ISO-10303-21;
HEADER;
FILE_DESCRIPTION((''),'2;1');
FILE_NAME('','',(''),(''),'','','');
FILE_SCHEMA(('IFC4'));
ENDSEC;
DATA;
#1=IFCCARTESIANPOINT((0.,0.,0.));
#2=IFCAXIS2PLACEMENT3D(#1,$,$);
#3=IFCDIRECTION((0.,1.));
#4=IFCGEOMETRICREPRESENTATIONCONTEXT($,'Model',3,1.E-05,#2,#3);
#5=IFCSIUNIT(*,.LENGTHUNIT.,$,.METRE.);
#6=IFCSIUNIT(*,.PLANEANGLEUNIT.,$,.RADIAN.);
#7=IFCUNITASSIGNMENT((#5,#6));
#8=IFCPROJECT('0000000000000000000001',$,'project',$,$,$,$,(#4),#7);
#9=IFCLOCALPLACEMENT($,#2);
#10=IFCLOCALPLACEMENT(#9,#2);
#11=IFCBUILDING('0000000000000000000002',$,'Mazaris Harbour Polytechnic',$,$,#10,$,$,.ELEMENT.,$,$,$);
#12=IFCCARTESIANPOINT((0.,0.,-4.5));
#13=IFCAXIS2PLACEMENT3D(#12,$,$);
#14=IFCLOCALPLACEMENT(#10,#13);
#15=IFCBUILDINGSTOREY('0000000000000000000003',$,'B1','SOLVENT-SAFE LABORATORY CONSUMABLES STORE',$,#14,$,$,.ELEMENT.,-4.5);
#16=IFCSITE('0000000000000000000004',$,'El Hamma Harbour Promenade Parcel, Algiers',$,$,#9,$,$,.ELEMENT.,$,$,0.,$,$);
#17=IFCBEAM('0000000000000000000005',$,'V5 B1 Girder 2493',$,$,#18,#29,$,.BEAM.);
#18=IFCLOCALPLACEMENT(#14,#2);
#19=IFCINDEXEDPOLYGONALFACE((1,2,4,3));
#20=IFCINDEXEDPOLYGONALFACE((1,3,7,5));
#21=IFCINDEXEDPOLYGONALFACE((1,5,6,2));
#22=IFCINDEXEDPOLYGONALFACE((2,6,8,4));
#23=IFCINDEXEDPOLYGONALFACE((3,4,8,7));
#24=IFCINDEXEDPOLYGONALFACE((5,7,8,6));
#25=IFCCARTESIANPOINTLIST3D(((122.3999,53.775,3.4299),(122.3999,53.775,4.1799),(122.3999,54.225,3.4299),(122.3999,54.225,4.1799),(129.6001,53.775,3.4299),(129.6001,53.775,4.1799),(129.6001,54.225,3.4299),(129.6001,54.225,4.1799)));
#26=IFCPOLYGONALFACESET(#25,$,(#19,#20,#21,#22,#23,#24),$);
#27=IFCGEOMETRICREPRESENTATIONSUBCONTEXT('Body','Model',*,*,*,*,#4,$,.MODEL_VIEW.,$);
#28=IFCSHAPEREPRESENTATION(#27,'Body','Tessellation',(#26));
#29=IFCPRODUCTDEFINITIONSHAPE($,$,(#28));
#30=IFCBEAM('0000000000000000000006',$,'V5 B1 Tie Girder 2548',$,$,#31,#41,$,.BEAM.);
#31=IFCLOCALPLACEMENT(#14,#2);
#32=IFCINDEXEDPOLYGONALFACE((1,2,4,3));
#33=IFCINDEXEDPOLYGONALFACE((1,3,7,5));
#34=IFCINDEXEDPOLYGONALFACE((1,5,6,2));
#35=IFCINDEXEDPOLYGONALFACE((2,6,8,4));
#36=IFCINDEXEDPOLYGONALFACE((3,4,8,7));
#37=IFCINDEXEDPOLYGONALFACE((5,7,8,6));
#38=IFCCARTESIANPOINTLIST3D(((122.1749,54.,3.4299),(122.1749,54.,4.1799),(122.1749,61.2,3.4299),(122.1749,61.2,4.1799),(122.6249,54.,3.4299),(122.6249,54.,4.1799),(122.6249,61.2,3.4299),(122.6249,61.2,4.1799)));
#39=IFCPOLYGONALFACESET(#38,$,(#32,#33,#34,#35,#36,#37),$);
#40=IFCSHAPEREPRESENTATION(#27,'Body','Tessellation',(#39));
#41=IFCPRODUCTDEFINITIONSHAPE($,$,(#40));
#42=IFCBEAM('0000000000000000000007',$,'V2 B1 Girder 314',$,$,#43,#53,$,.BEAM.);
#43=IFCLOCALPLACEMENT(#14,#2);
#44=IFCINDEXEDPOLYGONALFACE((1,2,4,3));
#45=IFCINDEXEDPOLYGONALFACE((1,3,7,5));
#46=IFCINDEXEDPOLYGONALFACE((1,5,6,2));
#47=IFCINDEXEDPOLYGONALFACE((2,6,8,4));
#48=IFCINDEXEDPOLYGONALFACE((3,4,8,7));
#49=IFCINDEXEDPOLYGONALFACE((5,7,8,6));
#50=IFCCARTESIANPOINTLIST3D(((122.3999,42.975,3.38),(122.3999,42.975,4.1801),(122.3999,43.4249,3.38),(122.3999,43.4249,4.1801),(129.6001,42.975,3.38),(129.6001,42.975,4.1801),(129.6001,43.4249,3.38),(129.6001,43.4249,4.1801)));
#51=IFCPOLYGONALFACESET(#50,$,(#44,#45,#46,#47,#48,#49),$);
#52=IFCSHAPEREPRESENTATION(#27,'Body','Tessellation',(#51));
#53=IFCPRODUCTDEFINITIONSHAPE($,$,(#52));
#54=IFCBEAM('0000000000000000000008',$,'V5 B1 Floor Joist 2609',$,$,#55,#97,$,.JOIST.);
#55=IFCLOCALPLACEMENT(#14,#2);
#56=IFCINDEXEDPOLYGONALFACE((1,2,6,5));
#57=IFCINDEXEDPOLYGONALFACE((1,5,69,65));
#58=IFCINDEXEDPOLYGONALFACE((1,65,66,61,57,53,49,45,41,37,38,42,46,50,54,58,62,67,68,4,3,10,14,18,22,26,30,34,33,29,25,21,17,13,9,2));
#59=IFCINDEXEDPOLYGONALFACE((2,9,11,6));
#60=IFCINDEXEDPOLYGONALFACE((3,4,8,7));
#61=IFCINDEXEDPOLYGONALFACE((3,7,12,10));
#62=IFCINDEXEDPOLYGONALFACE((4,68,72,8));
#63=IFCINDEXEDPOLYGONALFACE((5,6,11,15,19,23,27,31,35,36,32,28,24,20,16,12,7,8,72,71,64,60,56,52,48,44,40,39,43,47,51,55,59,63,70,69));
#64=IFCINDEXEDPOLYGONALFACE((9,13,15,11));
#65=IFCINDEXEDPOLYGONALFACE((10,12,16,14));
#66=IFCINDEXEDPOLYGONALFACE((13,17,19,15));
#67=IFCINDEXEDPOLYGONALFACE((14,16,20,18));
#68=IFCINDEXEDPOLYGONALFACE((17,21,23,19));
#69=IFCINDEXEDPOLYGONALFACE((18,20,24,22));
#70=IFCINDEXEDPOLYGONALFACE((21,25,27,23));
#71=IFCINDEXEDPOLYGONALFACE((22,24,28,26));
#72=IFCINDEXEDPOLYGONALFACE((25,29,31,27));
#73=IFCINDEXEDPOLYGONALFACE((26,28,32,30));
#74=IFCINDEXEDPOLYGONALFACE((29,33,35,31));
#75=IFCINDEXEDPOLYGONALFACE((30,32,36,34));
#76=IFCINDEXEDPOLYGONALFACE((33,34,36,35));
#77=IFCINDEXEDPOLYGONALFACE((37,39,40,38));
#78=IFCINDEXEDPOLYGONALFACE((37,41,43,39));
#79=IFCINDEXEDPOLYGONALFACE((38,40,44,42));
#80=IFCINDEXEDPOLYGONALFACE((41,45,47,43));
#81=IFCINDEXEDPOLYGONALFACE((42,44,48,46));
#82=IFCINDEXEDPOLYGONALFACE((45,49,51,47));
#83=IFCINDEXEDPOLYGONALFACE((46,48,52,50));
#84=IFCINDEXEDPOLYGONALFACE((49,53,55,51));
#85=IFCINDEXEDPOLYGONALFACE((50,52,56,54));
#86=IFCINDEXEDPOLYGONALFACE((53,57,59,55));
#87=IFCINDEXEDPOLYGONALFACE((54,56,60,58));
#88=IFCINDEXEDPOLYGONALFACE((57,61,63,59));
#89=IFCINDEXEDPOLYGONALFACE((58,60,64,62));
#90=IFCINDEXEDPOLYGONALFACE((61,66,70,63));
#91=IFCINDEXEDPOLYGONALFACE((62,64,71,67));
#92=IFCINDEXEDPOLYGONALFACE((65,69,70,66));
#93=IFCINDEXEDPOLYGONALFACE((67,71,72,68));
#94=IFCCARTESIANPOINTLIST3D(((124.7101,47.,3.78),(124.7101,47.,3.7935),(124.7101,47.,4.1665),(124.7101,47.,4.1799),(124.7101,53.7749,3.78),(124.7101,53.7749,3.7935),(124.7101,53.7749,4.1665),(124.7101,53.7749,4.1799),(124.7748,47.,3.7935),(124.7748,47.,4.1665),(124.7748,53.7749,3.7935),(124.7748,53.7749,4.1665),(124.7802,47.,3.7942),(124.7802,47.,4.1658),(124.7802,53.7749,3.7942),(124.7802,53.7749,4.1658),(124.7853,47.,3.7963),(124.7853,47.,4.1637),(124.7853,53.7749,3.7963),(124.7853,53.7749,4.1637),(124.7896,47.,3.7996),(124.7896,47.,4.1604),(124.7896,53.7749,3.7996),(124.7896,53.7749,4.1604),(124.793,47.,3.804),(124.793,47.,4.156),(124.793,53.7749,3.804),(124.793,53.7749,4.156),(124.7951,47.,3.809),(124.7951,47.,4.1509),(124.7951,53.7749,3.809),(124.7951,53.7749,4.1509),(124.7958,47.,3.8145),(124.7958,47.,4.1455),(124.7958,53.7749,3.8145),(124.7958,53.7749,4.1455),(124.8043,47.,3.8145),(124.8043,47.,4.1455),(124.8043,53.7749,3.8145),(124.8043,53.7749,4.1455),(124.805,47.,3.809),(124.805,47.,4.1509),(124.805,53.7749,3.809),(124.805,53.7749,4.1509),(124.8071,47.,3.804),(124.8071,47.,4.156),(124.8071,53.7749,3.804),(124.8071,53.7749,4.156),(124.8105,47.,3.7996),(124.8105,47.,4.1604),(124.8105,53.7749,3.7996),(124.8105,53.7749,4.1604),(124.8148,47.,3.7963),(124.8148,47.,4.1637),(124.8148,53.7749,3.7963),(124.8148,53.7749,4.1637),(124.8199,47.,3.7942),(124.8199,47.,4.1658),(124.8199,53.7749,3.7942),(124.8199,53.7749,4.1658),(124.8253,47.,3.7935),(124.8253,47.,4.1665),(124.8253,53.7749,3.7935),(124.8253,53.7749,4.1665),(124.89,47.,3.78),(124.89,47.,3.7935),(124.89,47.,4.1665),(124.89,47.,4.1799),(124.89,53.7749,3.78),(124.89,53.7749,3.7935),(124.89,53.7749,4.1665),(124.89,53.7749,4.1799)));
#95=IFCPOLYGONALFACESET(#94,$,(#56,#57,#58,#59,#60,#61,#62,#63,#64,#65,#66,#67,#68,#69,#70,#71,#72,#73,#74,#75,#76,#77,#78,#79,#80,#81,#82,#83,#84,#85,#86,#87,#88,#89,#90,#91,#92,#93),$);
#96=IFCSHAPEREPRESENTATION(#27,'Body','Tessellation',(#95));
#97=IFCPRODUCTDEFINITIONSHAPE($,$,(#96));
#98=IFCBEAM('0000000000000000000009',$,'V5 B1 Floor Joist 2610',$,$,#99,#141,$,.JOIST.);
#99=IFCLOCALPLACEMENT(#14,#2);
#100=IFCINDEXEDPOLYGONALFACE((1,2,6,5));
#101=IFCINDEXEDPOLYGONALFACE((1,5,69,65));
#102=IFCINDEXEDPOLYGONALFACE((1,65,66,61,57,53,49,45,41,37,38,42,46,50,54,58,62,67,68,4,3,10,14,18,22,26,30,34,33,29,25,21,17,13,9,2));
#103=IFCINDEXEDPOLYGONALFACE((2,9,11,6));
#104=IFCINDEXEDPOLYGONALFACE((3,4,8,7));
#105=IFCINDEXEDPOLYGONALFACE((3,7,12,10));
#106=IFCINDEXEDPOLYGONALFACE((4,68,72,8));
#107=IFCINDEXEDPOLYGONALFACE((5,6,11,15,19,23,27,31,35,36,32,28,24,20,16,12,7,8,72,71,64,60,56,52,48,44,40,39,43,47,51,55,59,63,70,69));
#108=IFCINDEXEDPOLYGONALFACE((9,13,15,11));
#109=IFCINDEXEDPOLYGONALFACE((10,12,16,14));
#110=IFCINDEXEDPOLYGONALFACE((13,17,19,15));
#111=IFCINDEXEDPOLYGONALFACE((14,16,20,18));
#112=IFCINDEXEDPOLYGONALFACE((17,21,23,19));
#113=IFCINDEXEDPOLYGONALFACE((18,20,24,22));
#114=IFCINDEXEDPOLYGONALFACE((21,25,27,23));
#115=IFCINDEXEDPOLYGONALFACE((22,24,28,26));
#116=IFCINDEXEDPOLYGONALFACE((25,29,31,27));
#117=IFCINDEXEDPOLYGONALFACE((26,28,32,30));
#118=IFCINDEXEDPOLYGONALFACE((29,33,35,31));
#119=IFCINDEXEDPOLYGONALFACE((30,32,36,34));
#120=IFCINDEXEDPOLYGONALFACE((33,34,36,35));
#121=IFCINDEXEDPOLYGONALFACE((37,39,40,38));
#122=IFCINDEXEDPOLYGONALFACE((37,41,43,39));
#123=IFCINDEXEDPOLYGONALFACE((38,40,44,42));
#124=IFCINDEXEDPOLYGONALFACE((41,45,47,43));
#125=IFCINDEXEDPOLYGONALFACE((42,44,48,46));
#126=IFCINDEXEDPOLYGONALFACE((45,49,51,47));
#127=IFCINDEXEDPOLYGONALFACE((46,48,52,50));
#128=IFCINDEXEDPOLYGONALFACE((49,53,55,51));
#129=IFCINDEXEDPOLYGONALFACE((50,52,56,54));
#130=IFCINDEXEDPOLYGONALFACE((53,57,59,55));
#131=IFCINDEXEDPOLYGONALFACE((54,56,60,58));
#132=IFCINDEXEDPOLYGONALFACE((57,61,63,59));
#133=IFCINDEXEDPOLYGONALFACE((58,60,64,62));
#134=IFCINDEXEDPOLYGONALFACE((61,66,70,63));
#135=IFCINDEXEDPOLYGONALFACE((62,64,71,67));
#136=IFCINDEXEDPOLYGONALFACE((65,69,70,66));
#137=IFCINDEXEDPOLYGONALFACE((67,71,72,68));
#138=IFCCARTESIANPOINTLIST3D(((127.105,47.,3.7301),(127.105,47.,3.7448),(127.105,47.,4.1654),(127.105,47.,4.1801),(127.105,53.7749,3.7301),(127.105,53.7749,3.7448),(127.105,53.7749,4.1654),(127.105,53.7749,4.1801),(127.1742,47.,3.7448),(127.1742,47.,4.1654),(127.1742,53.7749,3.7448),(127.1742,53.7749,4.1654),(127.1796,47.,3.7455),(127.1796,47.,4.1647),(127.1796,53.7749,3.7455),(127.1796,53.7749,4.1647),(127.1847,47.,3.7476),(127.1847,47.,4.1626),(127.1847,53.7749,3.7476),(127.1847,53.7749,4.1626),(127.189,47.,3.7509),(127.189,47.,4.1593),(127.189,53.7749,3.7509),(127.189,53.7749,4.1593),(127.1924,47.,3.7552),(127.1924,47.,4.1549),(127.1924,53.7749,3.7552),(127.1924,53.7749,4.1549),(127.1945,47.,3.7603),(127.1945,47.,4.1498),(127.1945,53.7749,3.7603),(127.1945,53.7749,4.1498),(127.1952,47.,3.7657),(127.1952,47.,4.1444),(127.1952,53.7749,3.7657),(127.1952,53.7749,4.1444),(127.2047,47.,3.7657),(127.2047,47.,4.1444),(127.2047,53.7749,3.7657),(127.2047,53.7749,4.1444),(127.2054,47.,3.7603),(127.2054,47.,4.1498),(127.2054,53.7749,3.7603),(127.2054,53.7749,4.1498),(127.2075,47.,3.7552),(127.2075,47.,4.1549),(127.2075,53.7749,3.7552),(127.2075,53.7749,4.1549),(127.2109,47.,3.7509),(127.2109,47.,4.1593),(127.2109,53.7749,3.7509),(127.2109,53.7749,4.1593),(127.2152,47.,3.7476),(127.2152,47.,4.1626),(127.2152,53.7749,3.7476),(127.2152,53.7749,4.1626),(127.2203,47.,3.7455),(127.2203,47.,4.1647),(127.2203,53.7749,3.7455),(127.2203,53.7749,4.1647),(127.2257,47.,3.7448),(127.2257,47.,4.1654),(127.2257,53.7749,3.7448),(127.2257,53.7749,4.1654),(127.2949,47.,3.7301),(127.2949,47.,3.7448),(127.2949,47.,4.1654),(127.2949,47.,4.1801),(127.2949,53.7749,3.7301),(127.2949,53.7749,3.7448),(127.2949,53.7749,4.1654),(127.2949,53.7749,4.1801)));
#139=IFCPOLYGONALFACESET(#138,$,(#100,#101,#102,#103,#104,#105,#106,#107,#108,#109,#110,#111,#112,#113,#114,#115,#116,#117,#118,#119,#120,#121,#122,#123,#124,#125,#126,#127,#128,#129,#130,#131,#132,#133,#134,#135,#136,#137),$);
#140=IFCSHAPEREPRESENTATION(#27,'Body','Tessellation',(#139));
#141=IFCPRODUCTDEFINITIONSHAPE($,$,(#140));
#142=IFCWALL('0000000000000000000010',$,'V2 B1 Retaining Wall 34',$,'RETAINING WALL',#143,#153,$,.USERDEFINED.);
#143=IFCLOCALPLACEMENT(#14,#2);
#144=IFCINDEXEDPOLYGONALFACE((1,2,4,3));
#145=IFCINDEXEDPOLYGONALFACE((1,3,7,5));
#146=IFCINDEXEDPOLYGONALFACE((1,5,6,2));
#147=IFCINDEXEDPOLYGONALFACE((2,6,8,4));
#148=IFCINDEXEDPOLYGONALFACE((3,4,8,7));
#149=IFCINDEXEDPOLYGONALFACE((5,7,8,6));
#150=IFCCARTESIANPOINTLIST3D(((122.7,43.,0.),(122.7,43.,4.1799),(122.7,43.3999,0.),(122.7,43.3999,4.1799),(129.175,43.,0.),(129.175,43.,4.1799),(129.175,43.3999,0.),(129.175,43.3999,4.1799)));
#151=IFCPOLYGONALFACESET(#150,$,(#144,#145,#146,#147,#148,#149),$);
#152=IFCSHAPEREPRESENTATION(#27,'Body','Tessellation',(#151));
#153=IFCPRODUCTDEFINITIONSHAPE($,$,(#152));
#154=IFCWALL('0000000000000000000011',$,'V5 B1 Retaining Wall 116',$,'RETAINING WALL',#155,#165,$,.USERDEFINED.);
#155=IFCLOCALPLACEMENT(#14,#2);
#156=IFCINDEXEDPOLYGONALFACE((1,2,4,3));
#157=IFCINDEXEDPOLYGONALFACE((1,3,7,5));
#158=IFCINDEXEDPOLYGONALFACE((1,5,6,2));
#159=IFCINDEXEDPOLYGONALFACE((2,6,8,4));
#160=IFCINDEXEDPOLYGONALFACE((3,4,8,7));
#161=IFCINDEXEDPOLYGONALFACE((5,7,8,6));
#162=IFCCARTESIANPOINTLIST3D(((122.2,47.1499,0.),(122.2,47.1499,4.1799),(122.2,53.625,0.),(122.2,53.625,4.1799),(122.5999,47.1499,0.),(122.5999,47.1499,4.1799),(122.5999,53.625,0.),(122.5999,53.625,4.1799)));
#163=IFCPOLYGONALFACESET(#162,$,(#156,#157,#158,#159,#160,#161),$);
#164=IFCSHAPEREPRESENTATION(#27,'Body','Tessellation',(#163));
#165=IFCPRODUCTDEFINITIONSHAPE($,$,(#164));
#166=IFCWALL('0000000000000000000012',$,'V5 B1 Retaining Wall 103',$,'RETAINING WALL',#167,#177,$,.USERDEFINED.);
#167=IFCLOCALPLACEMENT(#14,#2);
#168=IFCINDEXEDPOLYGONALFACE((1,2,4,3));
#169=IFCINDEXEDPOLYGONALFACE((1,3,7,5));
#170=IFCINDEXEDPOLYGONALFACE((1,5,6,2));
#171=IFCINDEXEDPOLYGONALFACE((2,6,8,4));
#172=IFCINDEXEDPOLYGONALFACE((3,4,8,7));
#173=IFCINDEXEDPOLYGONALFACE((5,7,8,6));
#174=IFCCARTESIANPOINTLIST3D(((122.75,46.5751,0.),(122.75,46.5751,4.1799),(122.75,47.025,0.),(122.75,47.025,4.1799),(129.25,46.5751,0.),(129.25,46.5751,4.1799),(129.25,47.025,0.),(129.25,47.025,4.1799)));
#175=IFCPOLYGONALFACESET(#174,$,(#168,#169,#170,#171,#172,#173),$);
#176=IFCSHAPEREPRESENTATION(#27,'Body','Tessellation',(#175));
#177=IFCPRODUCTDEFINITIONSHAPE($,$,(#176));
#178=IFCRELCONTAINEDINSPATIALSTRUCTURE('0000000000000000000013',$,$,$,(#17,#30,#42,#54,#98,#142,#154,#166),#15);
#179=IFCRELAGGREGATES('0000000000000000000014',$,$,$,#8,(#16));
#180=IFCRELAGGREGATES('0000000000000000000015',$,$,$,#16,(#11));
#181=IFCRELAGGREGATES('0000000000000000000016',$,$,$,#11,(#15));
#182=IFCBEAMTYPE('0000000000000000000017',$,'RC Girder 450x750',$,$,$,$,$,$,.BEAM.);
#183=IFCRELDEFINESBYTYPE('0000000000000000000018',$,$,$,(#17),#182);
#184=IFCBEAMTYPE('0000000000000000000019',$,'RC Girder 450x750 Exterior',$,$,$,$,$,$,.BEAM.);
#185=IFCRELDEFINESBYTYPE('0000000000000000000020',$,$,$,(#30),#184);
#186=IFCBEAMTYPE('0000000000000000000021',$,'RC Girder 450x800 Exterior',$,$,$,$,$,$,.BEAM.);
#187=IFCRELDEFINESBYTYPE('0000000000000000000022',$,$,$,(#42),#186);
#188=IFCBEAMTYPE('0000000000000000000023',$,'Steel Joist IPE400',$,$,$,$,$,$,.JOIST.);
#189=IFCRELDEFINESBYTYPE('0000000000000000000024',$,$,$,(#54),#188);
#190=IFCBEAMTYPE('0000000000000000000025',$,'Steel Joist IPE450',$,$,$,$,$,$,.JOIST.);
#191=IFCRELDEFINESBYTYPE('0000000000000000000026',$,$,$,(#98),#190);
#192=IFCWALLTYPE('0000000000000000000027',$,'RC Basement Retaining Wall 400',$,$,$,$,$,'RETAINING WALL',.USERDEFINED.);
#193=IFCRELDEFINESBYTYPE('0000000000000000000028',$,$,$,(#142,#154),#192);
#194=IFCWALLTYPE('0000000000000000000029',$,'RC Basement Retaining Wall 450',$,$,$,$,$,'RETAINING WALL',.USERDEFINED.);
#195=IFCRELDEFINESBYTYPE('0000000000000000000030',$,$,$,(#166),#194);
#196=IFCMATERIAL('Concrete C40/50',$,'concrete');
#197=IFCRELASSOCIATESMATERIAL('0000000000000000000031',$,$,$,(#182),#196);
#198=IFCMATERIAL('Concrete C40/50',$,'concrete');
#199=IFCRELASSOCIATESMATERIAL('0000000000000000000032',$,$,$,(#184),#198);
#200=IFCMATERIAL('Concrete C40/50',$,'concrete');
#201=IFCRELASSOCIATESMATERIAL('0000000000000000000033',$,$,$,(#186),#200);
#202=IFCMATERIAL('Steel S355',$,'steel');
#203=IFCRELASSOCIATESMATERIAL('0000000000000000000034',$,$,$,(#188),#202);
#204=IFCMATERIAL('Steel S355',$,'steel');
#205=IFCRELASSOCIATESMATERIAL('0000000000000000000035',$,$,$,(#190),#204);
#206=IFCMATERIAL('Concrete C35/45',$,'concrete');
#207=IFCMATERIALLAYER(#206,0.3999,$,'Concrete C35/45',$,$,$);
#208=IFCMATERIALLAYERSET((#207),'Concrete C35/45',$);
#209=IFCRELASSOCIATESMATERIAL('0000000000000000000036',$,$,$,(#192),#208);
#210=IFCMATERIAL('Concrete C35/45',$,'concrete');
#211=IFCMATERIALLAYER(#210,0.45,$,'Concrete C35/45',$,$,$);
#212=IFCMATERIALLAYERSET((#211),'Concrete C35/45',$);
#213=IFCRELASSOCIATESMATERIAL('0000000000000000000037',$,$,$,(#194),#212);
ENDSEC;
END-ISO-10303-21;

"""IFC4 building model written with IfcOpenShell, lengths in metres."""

from ifc_helpers import new_model, si_unit, direction, frame, frame_2d, origin, origin_2d, place, context, subcontext, project, spatial, rectangle, i_section, extrude, material, layer, layer_set, material_profile, profile_set, type_object, element, save


model = new_model("IFC4")

# Units and contexts
model_context = context("Model", 3, precision=1e-05, world=origin(), true_north=direction((0.0, 1.0)))
body_context = subcontext(model_context, "Body", "Model", "MODEL_VIEW")
ifc_project = project(units=[si_unit("LENGTHUNIT", "METRE"), si_unit("PLANEANGLEUNIT", "RADIAN")], contexts=[model_context])

# Site, building, storey
site_placement = place(None, origin())
site = spatial("IfcSite", under=ifc_project, at=site_placement, Name="El Hamma Harbour Promenade Parcel, Algiers", CompositionType="ELEMENT", RefElevation=0.0)
building_placement = place(site_placement, origin())
building = spatial("IfcBuilding", under=site, at=building_placement, Name="Mazaris Harbour Polytechnic", CompositionType="ELEMENT")
storey_placement = place(building_placement, frame((0.0, 0.0, -4.5)))
storey = spatial("IfcBuildingStorey", under=building, at=storey_placement, Name="B1", Description="SOLVENT-SAFE LABORATORY CONSUMABLES STORE", CompositionType="ELEMENT", Elevation=-4.5)

# Beams
ifc_material_1 = material(Name="Concrete C40/50", Category="concrete")
ifc_material_profile_1 = material_profile(ifc_material_1, rectangle(XDim=0.45, YDim=0.75, at=origin_2d()), Name="RECT450x750")
ifc_profile_set_1 = profile_set([ifc_material_profile_1], Name="Concrete C40/50")
beam_type_1 = type_object("IfcBeamType", Name="RC Girder 450x750", PredefinedType="BEAM", material=ifc_profile_set_1)
beam_1_placement = place(storey_placement, frame((122.3999, 54.0, 3.8049), z_axis=(1.0, 0.0, 0.0), x_axis=(0.0, 1.0, 0.0)))
element("IfcBeam", 1, at=beam_1_placement, inside=storey, type_object=beam_type_1, Name="V5 B1 Girder 2493", PredefinedType="BEAM", context=body_context, shape_type="SweptSolid", body=[
    extrude(rectangle(XDim=0.45, YDim=0.75, at=origin_2d()), origin(), (0.0, 0.0, 1.0), 7.2002),
])
ifc_material_2 = material(Name="Concrete C40/50", Category="concrete")
ifc_material_profile_2 = material_profile(ifc_material_2, rectangle(XDim=0.45, YDim=0.75, at=origin_2d()), Name="RECT450x750")
ifc_profile_set_2 = profile_set([ifc_material_profile_2], Name="Concrete C40/50")
beam_type_2 = type_object("IfcBeamType", Name="RC Girder 450x750 Exterior", PredefinedType="BEAM", material=ifc_profile_set_2)
beam_2_placement = place(storey_placement, frame((122.3999, 54.0, 3.8049), z_axis=(0.0, 1.0, 0.0), x_axis=(-1.0, 0.0, 0.0)))
element("IfcBeam", 2, at=beam_2_placement, inside=storey, type_object=beam_type_2, Name="V5 B1 Tie Girder 2548", PredefinedType="BEAM", context=body_context, shape_type="SweptSolid", body=[
    extrude(rectangle(XDim=0.45, YDim=0.75, at=origin_2d()), origin(), (0.0, 0.0, 1.0), 7.2),
])
ifc_material_3 = material(Name="Concrete C40/50", Category="concrete")
ifc_material_profile_3 = material_profile(ifc_material_3, rectangle(XDim=0.45, YDim=0.8, at=origin_2d()), Name="RECT450x800")
ifc_profile_set_3 = profile_set([ifc_material_profile_3], Name="Concrete C40/50")
beam_type_3 = type_object("IfcBeamType", Name="RC Girder 450x800 Exterior", PredefinedType="BEAM", material=ifc_profile_set_3)
beam_3_placement = place(storey_placement, frame((122.3999, 43.2, 3.78), z_axis=(1.0, 0.0, 0.0), x_axis=(0.0, 1.0, 0.0)))
element("IfcBeam", 3, at=beam_3_placement, inside=storey, type_object=beam_type_3, Name="V2 B1 Girder 314", PredefinedType="BEAM", context=body_context, shape_type="SweptSolid", body=[
    extrude(rectangle(XDim=0.45, YDim=0.8, at=origin_2d()), origin(), (0.0, 0.0, 1.0), 7.2002),
])
ifc_material_4 = material(Name="Steel S355", Category="steel")
ifc_material_profile_4 = material_profile(ifc_material_4, i_section(OverallWidth=0.1799, OverallDepth=0.3999, WebThickness=0.0085, FlangeThickness=0.0134, FilletRadius=0.021, at=origin_2d()), Name="IPE 400")
ifc_profile_set_4 = profile_set([ifc_material_profile_4], Name="Steel S355")
beam_type_4 = type_object("IfcBeamType", Name="Steel Joist IPE400", PredefinedType="JOIST", material=ifc_profile_set_4)
beam_4_placement = place(storey_placement, frame((124.8, 47.0, 3.98), z_axis=(0.0, 1.0, 0.0), x_axis=(-1.0, 0.0, 0.0)))
element("IfcBeam", 4, at=beam_4_placement, inside=storey, type_object=beam_type_4, Name="V5 B1 Floor Joist 2609", PredefinedType="JOIST", context=body_context, shape_type="SweptSolid", body=[
    extrude(i_section(OverallWidth=0.1799, OverallDepth=0.3999, WebThickness=0.0085, FlangeThickness=0.0134, FilletRadius=0.021, at=origin_2d()), origin(), (0.0, 0.0, 1.0), 6.7749),
])
ifc_material_5 = material(Name="Steel S355", Category="steel")
ifc_material_profile_5 = material_profile(ifc_material_5, i_section(OverallWidth=0.1899, OverallDepth=0.45, WebThickness=0.0095, FlangeThickness=0.0146, FilletRadius=0.021, at=origin_2d()), Name="IPE 450")
ifc_profile_set_5 = profile_set([ifc_material_profile_5], Name="Steel S355")
beam_type_5 = type_object("IfcBeamType", Name="Steel Joist IPE450", PredefinedType="JOIST", material=ifc_profile_set_5)
beam_5_placement = place(storey_placement, frame((127.2, 47.0, 3.9551), z_axis=(0.0, 1.0, 0.0), x_axis=(-1.0, 0.0, 0.0)))
element("IfcBeam", 5, at=beam_5_placement, inside=storey, type_object=beam_type_5, Name="V5 B1 Floor Joist 2610", PredefinedType="JOIST", context=body_context, shape_type="SweptSolid", body=[
    extrude(i_section(OverallWidth=0.1899, OverallDepth=0.45, WebThickness=0.0095, FlangeThickness=0.0146, FilletRadius=0.021, at=origin_2d()), origin(), (0.0, 0.0, 1.0), 6.7749),
])

# Walls
ifc_material_6 = material(Name="Concrete C35/45", Category="concrete")
ifc_layer_1 = layer(ifc_material_6, 0.3999, Name="Concrete C35/45")
ifc_layer_set_1 = layer_set([ifc_layer_1], Name="Concrete C35/45")
wall_type_1 = type_object("IfcWallType", Name="RC Basement Retaining Wall 400", ElementType="RETAINING WALL", PredefinedType="USERDEFINED", material=ifc_layer_set_1)
for number, where, z_axis, x_axis, name in (
    (6, (122.7, 43.2, 0.0), (0.0, 0.0, 1.0), (1.0, 0.0, 0.0), "V2 B1 Retaining Wall 34"),
    (7, (122.3999, 47.1499, 0.0), (0.0, 0.0, 1.0), (0.0, 1.0, 0.0), "V5 B1 Retaining Wall 116"),
):
    element("IfcWall", number, at=place(storey_placement, frame(where, z_axis=z_axis, x_axis=x_axis)), inside=storey, type_object=wall_type_1, Name=name, ObjectType="RETAINING WALL", PredefinedType="USERDEFINED", context=body_context, shape_type="SweptSolid", body=[
        extrude(rectangle(XDim=6.4751, YDim=0.3999, at=frame_2d((3.2375, 0.0))), origin(), (0.0, 0.0, 1.0), 4.1799),
    ])
ifc_material_7 = material(Name="Concrete C35/45", Category="concrete")
ifc_layer_2 = layer(ifc_material_7, 0.45, Name="Concrete C35/45")
ifc_layer_set_2 = layer_set([ifc_layer_2], Name="Concrete C35/45")
wall_type_2 = type_object("IfcWallType", Name="RC Basement Retaining Wall 450", ElementType="RETAINING WALL", PredefinedType="USERDEFINED", material=ifc_layer_set_2)
wall_placement = place(storey_placement, frame((122.75, 46.8, 0.0), z_axis=(0.0, 0.0, 1.0), x_axis=(1.0, 0.0, 0.0)))
element("IfcWall", 8, at=wall_placement, inside=storey, type_object=wall_type_2, Name="V5 B1 Retaining Wall 103", ObjectType="RETAINING WALL", PredefinedType="USERDEFINED", context=body_context, shape_type="SweptSolid", body=[
    extrude(rectangle(XDim=6.5, YDim=0.45, at=frame_2d((3.25, 0.0))), origin(), (0.0, 0.0, 1.0), 4.1799),
])

save(model, "model.ifc")
